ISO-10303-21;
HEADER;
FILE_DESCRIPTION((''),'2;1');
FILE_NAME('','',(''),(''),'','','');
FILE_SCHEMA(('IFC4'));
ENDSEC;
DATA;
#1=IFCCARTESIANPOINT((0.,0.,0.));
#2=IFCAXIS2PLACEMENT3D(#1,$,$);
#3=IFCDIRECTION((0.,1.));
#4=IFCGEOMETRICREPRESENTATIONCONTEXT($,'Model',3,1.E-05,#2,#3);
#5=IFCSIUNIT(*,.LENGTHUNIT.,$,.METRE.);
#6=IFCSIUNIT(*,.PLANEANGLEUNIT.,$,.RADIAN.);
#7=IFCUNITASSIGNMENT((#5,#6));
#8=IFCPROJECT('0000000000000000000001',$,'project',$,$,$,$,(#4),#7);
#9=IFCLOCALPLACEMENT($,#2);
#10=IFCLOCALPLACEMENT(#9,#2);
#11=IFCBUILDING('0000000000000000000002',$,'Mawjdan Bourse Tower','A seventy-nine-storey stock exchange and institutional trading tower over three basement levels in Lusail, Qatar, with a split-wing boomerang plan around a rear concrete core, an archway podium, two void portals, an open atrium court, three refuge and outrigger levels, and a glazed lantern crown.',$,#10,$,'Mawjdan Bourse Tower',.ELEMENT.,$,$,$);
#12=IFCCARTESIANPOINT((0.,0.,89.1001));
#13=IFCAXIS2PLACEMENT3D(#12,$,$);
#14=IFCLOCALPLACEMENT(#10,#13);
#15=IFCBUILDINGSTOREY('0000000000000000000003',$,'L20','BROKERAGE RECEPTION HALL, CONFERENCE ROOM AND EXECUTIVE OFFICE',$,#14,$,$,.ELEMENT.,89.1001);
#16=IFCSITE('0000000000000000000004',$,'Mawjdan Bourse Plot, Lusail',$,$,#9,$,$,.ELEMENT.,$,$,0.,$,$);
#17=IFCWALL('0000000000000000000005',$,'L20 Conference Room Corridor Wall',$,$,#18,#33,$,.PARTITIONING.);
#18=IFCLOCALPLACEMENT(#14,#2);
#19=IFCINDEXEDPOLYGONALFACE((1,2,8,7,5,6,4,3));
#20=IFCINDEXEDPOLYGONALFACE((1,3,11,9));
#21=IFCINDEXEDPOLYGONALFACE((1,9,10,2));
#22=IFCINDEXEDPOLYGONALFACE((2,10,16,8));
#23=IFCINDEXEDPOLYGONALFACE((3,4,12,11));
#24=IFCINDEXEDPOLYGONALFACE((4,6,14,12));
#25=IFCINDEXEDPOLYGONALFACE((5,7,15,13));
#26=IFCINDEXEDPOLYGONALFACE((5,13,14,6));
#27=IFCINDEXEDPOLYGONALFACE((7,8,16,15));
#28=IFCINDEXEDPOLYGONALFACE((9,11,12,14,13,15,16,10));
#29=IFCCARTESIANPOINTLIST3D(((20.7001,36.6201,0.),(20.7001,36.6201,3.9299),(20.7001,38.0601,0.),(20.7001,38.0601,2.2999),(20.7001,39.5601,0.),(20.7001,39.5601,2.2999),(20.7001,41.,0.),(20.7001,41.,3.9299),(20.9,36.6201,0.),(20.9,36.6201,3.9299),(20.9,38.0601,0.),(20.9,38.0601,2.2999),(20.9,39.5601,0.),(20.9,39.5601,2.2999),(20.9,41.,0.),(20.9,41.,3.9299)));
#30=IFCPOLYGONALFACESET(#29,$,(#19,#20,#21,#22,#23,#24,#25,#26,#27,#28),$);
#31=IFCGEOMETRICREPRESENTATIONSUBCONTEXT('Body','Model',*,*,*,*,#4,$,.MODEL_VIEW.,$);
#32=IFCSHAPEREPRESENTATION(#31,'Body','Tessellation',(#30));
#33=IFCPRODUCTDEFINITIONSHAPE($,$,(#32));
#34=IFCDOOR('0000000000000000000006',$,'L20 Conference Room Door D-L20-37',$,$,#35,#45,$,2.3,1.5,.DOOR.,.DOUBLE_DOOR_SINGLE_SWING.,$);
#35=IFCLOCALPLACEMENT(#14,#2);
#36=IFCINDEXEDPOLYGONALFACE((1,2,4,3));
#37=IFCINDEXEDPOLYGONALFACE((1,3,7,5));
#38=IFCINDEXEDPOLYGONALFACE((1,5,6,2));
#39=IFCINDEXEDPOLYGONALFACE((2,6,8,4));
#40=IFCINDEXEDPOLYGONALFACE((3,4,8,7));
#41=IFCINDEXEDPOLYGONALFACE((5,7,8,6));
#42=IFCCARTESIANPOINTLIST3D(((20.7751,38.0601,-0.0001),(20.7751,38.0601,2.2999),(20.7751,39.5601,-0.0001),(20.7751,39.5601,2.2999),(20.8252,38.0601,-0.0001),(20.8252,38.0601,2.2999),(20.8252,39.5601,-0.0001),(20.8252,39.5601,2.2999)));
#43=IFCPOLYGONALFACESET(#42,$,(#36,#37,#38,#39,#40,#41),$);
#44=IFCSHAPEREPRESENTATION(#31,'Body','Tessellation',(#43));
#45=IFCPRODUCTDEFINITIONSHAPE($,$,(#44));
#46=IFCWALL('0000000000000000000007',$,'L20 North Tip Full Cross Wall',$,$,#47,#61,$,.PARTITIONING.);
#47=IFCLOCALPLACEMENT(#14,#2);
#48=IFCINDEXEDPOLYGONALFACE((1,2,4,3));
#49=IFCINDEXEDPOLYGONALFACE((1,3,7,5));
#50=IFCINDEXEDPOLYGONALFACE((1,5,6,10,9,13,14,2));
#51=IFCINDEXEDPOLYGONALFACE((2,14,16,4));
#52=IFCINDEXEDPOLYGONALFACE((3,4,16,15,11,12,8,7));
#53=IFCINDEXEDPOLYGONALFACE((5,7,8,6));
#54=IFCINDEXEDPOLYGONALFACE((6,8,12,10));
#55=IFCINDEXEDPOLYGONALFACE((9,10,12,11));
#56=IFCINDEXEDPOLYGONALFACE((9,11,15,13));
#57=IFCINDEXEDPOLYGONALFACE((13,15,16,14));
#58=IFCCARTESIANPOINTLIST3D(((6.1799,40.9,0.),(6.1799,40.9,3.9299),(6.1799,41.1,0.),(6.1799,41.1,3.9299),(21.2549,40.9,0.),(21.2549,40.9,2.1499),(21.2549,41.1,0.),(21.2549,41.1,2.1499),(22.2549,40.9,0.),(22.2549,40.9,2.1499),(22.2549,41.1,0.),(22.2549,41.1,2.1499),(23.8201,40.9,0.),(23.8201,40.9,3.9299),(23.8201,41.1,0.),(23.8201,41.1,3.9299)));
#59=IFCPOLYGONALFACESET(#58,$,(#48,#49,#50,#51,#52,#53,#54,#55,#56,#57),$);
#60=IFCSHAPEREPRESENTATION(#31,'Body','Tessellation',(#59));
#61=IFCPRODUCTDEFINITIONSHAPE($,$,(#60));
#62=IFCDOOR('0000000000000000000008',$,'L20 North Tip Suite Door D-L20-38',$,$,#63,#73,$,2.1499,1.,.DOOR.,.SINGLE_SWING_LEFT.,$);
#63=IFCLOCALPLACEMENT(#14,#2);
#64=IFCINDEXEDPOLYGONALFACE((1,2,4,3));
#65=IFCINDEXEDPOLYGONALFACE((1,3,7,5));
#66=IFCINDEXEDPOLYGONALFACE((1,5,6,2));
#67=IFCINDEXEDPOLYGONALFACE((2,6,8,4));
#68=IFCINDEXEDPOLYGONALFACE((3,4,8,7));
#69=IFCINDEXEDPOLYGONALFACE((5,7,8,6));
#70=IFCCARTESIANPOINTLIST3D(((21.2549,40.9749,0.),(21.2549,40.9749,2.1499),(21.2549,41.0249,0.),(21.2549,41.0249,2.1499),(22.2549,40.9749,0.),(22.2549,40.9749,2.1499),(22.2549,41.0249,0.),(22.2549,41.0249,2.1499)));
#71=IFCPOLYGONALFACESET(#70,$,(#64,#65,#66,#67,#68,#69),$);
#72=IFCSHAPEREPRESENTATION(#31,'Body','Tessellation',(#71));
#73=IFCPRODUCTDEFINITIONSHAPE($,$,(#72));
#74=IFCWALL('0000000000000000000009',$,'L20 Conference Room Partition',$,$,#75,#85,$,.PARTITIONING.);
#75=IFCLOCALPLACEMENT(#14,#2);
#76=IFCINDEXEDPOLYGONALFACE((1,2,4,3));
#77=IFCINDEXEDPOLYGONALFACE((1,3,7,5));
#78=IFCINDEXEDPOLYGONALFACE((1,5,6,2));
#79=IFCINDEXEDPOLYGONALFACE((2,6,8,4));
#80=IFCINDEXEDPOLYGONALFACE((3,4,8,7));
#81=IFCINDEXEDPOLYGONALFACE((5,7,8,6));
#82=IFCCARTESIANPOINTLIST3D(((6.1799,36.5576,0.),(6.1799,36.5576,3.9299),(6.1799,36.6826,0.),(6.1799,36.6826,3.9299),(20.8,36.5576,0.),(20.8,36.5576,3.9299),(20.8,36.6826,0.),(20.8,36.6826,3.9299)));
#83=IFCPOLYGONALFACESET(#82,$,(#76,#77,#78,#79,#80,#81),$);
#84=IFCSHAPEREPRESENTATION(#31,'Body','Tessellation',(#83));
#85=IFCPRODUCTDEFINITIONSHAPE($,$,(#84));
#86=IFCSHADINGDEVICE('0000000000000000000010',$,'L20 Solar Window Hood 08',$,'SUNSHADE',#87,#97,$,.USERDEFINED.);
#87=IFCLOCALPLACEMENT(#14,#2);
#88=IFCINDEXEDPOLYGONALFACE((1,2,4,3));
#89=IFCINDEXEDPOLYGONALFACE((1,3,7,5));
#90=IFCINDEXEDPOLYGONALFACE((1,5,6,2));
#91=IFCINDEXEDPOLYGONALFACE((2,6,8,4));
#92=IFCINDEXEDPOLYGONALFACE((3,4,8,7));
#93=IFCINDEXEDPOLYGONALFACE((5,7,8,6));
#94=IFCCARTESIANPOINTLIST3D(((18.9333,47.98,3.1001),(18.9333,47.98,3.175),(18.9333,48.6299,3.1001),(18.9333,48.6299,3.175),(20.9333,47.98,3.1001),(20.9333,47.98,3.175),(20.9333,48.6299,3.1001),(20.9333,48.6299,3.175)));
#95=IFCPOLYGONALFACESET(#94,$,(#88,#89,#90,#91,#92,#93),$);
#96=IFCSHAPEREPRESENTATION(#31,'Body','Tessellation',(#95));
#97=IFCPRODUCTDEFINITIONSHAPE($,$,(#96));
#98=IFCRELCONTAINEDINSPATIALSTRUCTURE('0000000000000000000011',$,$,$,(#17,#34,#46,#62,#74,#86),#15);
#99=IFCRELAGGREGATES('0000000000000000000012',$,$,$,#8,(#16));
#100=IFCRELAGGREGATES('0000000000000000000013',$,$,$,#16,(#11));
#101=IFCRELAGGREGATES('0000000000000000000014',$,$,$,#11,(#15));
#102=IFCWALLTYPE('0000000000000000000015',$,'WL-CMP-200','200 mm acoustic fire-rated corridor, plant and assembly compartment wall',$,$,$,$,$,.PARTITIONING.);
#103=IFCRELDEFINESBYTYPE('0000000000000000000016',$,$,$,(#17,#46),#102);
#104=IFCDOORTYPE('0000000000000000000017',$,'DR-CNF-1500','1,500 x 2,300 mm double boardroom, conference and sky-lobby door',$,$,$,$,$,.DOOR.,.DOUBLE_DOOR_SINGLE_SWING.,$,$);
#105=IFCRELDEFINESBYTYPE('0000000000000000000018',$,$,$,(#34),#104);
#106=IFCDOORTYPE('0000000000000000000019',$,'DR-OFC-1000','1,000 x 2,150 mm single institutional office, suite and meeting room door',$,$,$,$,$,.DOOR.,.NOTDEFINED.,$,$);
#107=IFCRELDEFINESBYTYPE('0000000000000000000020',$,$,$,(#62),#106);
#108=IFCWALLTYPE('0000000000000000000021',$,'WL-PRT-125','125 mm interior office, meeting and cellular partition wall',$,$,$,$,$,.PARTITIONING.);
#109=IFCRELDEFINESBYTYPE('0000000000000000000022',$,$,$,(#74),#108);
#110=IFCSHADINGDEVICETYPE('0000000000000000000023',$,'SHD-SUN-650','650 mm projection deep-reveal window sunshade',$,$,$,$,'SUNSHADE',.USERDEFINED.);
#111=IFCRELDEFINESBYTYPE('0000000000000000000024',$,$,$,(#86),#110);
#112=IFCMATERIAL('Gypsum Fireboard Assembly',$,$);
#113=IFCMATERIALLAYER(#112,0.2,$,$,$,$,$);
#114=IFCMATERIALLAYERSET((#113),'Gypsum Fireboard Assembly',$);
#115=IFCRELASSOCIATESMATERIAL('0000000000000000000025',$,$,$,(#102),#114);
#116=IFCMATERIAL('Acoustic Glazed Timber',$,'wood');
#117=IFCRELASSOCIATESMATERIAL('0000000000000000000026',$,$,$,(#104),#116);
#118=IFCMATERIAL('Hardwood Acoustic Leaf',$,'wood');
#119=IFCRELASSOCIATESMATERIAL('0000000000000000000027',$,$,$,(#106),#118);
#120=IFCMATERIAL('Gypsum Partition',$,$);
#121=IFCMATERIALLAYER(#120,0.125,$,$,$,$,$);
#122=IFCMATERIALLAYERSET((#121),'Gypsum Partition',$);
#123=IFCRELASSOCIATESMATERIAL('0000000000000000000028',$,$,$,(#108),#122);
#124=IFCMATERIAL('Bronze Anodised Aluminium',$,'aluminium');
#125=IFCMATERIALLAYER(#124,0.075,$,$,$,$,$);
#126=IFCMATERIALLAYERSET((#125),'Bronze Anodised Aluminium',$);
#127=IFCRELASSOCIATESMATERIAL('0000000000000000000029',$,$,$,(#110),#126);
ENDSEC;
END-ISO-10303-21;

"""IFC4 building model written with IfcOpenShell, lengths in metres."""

from ifc_helpers import new_model, si_unit, direction, frame, frame_2d, origin, origin_2d, place, context, subcontext, project, spatial, rectangle, extrude, material, layer, layer_set, type_object, element, fill, save


model = new_model("IFC4")

# Units and contexts
model_context = context("Model", 3, precision=1e-05, world=origin(), true_north=direction((0.0, 1.0)))
body_context = subcontext(model_context, "Body", "Model", "MODEL_VIEW")
ifc_project = project(units=[si_unit("LENGTHUNIT", "METRE"), si_unit("PLANEANGLEUNIT", "RADIAN")], contexts=[model_context])

# Site, building, storey
site_placement = place(None, origin())
site = spatial("IfcSite", under=ifc_project, at=site_placement, Name="Mawjdan Bourse Plot, Lusail", CompositionType="ELEMENT", RefElevation=0.0)
building_placement = place(site_placement, origin())
building = spatial("IfcBuilding", under=site, at=building_placement, Name="Mawjdan Bourse Tower", Description="A seventy-nine-storey stock exchange and institutional trading tower over three basement levels in Lusail, Qatar, with a split-wing boomerang plan around a rear concrete core, an archway podium, two void portals, an open atrium court, three refuge and outrigger levels, and a glazed lantern crown.", LongName="Mawjdan Bourse Tower", CompositionType="ELEMENT")
storey_placement = place(building_placement, frame((0.0, 0.0, 89.1001)))
storey = spatial("IfcBuildingStorey", under=building, at=storey_placement, Name="L20", Description="BROKERAGE RECEPTION HALL, CONFERENCE ROOM AND EXECUTIVE OFFICE", CompositionType="ELEMENT", Elevation=89.1001)

# Walls, openings, doors
ifc_material_1 = material(Name="Gypsum Fireboard Assembly")
ifc_layer_1 = layer(ifc_material_1, 0.2)
ifc_layer_set_1 = layer_set([ifc_layer_1], Name="Gypsum Fireboard Assembly")
wall_type_1 = type_object("IfcWallType", Name="WL-CMP-200", Description="200 mm acoustic fire-rated corridor, plant and assembly compartment wall", PredefinedType="PARTITIONING", material=ifc_layer_set_1)
wall_1_placement = place(storey_placement, frame((20.8, 36.6201, 0.0), z_axis=(0.0, 0.0, 1.0), x_axis=(0.0, 1.0, 0.0)))
wall_1 = element("IfcWall", 1, at=wall_1_placement, inside=storey, type_object=wall_type_1, Name="L20 Conference Room Corridor Wall", PredefinedType="PARTITIONING", context=body_context, shape_type="SweptSolid", body=[
    extrude(rectangle(XDim=4.3799, YDim=0.2, at=frame_2d((2.1899, 0.0))), origin(), (0.0, 0.0, 1.0), 3.9299),
])
opening_1_placement = place(wall_1_placement, frame((1.4399, 0.0, 0.0)))
opening_1 = element("IfcOpeningElement", 2, at=opening_1_placement, cuts=wall_1, PredefinedType="OPENING", context=body_context, shape_type="SweptSolid", body=[
    extrude(rectangle(XDim=1.5, YDim=2.3, at=frame_2d((0.75, 1.1499))), frame((0.0, 0.1099, 0.0), z_axis=(0.0, -1.0, 0.0), x_axis=(1.0, 0.0, 0.0)), (0.0, 0.0, 1.0), 0.22),
])
ifc_material_2 = material(Name="Acoustic Glazed Timber", Category="wood")
door_type_1 = type_object("IfcDoorType", Name="DR-CNF-1500", Description="1,500 x 2,300 mm double boardroom, conference and sky-lobby door", OperationType="DOUBLE_DOOR_SINGLE_SWING", PredefinedType="DOOR", material=ifc_material_2)
door_1_placement = place(opening_1_placement, origin())
door_1 = element("IfcDoor", 3, at=door_1_placement, inside=storey, type_object=door_type_1, Name="L20 Conference Room Door D-L20-37", OperationType="DOUBLE_DOOR_SINGLE_SWING", OverallHeight=2.3, OverallWidth=1.5, PredefinedType="DOOR", context=body_context, shape_type="SweptSolid", body=[
    extrude(rectangle(XDim=1.5, YDim=2.3, at=frame_2d((0.75, 1.1499))), frame((0.0, 0.0249, 0.0), z_axis=(0.0, -1.0, 0.0), x_axis=(1.0, 0.0, 0.0)), (0.0, 0.0, 1.0), 0.05),
])
fill(opening_1, door_1)
wall_2_placement = place(storey_placement, frame((6.1799, 41.0, 0.0), z_axis=(0.0, 0.0, 1.0), x_axis=(1.0, 0.0, 0.0)))
wall_2 = element("IfcWall", 4, at=wall_2_placement, inside=storey, type_object=wall_type_1, Name="L20 North Tip Full Cross Wall", PredefinedType="PARTITIONING", context=body_context, shape_type="SweptSolid", body=[
    extrude(rectangle(XDim=17.6401, YDim=0.2, at=frame_2d((8.8201, 0.0))), origin(), (0.0, 0.0, 1.0), 3.9299),
])
opening_2_placement = place(wall_2_placement, frame((15.075, 0.0, 0.0)))
opening_2 = element("IfcOpeningElement", 5, at=opening_2_placement, cuts=wall_2, PredefinedType="OPENING", context=body_context, shape_type="SweptSolid", body=[
    extrude(rectangle(XDim=1.0, YDim=2.1499, at=frame_2d((0.5, 1.075))), frame((0.0, 0.1099, 0.0), z_axis=(0.0, -1.0, 0.0), x_axis=(1.0, 0.0, 0.0)), (0.0, 0.0, 1.0), 0.22),
])
ifc_material_3 = material(Name="Hardwood Acoustic Leaf", Category="wood")
door_type_2 = type_object("IfcDoorType", Name="DR-OFC-1000", Description="1,000 x 2,150 mm single institutional office, suite and meeting room door", OperationType="NOTDEFINED", PredefinedType="DOOR", material=ifc_material_3)
door_2_placement = place(opening_2_placement, origin())
door_2 = element("IfcDoor", 6, at=door_2_placement, inside=storey, type_object=door_type_2, Name="L20 North Tip Suite Door D-L20-38", OperationType="SINGLE_SWING_LEFT", OverallHeight=2.1499, OverallWidth=1.0, PredefinedType="DOOR", context=body_context, shape_type="SweptSolid", body=[
    extrude(rectangle(XDim=1.0, YDim=2.1499, at=frame_2d((0.5, 1.075))), frame((0.0, 0.0249, 0.0), z_axis=(0.0, -1.0, 0.0), x_axis=(1.0, 0.0, 0.0)), (0.0, 0.0, 1.0), 0.05),
])
fill(opening_2, door_2)

# Wall
ifc_material_4 = material(Name="Gypsum Partition")
ifc_layer_2 = layer(ifc_material_4, 0.125)
ifc_layer_set_2 = layer_set([ifc_layer_2], Name="Gypsum Partition")
wall_type_2 = type_object("IfcWallType", Name="WL-PRT-125", Description="125 mm interior office, meeting and cellular partition wall", PredefinedType="PARTITIONING", material=ifc_layer_set_2)
wall_3_placement = place(storey_placement, frame((6.1799, 36.6201, 0.0), z_axis=(0.0, 0.0, 1.0), x_axis=(1.0, 0.0, 0.0)))
element("IfcWall", 7, at=wall_3_placement, inside=storey, type_object=wall_type_2, Name="L20 Conference Room Partition", PredefinedType="PARTITIONING", context=body_context, shape_type="SweptSolid", body=[
    extrude(rectangle(XDim=14.6201, YDim=0.125, at=frame_2d((7.3101, 0.0))), origin(), (0.0, 0.0, 1.0), 3.9299),
])

# Shading device
ifc_material_5 = material(Name="Bronze Anodised Aluminium", Category="aluminium")
ifc_layer_3 = layer(ifc_material_5, 0.075)
ifc_layer_set_3 = layer_set([ifc_layer_3], Name="Bronze Anodised Aluminium")
shading_device_type = type_object("IfcShadingDeviceType", Name="SHD-SUN-650", Description="650 mm projection deep-reveal window sunshade", ElementType="SUNSHADE", PredefinedType="USERDEFINED", material=ifc_layer_set_3)
shading_device_placement = place(storey_placement, frame((19.9333, 48.3049, 3.1001), z_axis=(0.0, 0.0, 1.0), x_axis=(-1.0, 0.0, 0.0)))
element("IfcShadingDevice", 8, at=shading_device_placement, inside=storey, type_object=shading_device_type, Name="L20 Solar Window Hood 08", ObjectType="SUNSHADE", PredefinedType="USERDEFINED", context=body_context, shape_type="SweptSolid", body=[
    extrude(rectangle(XDim=2.0, YDim=0.6499, at=origin_2d()), origin(), (0.0, 0.0, 1.0), 0.075),
])

save(model, "model.ifc")
